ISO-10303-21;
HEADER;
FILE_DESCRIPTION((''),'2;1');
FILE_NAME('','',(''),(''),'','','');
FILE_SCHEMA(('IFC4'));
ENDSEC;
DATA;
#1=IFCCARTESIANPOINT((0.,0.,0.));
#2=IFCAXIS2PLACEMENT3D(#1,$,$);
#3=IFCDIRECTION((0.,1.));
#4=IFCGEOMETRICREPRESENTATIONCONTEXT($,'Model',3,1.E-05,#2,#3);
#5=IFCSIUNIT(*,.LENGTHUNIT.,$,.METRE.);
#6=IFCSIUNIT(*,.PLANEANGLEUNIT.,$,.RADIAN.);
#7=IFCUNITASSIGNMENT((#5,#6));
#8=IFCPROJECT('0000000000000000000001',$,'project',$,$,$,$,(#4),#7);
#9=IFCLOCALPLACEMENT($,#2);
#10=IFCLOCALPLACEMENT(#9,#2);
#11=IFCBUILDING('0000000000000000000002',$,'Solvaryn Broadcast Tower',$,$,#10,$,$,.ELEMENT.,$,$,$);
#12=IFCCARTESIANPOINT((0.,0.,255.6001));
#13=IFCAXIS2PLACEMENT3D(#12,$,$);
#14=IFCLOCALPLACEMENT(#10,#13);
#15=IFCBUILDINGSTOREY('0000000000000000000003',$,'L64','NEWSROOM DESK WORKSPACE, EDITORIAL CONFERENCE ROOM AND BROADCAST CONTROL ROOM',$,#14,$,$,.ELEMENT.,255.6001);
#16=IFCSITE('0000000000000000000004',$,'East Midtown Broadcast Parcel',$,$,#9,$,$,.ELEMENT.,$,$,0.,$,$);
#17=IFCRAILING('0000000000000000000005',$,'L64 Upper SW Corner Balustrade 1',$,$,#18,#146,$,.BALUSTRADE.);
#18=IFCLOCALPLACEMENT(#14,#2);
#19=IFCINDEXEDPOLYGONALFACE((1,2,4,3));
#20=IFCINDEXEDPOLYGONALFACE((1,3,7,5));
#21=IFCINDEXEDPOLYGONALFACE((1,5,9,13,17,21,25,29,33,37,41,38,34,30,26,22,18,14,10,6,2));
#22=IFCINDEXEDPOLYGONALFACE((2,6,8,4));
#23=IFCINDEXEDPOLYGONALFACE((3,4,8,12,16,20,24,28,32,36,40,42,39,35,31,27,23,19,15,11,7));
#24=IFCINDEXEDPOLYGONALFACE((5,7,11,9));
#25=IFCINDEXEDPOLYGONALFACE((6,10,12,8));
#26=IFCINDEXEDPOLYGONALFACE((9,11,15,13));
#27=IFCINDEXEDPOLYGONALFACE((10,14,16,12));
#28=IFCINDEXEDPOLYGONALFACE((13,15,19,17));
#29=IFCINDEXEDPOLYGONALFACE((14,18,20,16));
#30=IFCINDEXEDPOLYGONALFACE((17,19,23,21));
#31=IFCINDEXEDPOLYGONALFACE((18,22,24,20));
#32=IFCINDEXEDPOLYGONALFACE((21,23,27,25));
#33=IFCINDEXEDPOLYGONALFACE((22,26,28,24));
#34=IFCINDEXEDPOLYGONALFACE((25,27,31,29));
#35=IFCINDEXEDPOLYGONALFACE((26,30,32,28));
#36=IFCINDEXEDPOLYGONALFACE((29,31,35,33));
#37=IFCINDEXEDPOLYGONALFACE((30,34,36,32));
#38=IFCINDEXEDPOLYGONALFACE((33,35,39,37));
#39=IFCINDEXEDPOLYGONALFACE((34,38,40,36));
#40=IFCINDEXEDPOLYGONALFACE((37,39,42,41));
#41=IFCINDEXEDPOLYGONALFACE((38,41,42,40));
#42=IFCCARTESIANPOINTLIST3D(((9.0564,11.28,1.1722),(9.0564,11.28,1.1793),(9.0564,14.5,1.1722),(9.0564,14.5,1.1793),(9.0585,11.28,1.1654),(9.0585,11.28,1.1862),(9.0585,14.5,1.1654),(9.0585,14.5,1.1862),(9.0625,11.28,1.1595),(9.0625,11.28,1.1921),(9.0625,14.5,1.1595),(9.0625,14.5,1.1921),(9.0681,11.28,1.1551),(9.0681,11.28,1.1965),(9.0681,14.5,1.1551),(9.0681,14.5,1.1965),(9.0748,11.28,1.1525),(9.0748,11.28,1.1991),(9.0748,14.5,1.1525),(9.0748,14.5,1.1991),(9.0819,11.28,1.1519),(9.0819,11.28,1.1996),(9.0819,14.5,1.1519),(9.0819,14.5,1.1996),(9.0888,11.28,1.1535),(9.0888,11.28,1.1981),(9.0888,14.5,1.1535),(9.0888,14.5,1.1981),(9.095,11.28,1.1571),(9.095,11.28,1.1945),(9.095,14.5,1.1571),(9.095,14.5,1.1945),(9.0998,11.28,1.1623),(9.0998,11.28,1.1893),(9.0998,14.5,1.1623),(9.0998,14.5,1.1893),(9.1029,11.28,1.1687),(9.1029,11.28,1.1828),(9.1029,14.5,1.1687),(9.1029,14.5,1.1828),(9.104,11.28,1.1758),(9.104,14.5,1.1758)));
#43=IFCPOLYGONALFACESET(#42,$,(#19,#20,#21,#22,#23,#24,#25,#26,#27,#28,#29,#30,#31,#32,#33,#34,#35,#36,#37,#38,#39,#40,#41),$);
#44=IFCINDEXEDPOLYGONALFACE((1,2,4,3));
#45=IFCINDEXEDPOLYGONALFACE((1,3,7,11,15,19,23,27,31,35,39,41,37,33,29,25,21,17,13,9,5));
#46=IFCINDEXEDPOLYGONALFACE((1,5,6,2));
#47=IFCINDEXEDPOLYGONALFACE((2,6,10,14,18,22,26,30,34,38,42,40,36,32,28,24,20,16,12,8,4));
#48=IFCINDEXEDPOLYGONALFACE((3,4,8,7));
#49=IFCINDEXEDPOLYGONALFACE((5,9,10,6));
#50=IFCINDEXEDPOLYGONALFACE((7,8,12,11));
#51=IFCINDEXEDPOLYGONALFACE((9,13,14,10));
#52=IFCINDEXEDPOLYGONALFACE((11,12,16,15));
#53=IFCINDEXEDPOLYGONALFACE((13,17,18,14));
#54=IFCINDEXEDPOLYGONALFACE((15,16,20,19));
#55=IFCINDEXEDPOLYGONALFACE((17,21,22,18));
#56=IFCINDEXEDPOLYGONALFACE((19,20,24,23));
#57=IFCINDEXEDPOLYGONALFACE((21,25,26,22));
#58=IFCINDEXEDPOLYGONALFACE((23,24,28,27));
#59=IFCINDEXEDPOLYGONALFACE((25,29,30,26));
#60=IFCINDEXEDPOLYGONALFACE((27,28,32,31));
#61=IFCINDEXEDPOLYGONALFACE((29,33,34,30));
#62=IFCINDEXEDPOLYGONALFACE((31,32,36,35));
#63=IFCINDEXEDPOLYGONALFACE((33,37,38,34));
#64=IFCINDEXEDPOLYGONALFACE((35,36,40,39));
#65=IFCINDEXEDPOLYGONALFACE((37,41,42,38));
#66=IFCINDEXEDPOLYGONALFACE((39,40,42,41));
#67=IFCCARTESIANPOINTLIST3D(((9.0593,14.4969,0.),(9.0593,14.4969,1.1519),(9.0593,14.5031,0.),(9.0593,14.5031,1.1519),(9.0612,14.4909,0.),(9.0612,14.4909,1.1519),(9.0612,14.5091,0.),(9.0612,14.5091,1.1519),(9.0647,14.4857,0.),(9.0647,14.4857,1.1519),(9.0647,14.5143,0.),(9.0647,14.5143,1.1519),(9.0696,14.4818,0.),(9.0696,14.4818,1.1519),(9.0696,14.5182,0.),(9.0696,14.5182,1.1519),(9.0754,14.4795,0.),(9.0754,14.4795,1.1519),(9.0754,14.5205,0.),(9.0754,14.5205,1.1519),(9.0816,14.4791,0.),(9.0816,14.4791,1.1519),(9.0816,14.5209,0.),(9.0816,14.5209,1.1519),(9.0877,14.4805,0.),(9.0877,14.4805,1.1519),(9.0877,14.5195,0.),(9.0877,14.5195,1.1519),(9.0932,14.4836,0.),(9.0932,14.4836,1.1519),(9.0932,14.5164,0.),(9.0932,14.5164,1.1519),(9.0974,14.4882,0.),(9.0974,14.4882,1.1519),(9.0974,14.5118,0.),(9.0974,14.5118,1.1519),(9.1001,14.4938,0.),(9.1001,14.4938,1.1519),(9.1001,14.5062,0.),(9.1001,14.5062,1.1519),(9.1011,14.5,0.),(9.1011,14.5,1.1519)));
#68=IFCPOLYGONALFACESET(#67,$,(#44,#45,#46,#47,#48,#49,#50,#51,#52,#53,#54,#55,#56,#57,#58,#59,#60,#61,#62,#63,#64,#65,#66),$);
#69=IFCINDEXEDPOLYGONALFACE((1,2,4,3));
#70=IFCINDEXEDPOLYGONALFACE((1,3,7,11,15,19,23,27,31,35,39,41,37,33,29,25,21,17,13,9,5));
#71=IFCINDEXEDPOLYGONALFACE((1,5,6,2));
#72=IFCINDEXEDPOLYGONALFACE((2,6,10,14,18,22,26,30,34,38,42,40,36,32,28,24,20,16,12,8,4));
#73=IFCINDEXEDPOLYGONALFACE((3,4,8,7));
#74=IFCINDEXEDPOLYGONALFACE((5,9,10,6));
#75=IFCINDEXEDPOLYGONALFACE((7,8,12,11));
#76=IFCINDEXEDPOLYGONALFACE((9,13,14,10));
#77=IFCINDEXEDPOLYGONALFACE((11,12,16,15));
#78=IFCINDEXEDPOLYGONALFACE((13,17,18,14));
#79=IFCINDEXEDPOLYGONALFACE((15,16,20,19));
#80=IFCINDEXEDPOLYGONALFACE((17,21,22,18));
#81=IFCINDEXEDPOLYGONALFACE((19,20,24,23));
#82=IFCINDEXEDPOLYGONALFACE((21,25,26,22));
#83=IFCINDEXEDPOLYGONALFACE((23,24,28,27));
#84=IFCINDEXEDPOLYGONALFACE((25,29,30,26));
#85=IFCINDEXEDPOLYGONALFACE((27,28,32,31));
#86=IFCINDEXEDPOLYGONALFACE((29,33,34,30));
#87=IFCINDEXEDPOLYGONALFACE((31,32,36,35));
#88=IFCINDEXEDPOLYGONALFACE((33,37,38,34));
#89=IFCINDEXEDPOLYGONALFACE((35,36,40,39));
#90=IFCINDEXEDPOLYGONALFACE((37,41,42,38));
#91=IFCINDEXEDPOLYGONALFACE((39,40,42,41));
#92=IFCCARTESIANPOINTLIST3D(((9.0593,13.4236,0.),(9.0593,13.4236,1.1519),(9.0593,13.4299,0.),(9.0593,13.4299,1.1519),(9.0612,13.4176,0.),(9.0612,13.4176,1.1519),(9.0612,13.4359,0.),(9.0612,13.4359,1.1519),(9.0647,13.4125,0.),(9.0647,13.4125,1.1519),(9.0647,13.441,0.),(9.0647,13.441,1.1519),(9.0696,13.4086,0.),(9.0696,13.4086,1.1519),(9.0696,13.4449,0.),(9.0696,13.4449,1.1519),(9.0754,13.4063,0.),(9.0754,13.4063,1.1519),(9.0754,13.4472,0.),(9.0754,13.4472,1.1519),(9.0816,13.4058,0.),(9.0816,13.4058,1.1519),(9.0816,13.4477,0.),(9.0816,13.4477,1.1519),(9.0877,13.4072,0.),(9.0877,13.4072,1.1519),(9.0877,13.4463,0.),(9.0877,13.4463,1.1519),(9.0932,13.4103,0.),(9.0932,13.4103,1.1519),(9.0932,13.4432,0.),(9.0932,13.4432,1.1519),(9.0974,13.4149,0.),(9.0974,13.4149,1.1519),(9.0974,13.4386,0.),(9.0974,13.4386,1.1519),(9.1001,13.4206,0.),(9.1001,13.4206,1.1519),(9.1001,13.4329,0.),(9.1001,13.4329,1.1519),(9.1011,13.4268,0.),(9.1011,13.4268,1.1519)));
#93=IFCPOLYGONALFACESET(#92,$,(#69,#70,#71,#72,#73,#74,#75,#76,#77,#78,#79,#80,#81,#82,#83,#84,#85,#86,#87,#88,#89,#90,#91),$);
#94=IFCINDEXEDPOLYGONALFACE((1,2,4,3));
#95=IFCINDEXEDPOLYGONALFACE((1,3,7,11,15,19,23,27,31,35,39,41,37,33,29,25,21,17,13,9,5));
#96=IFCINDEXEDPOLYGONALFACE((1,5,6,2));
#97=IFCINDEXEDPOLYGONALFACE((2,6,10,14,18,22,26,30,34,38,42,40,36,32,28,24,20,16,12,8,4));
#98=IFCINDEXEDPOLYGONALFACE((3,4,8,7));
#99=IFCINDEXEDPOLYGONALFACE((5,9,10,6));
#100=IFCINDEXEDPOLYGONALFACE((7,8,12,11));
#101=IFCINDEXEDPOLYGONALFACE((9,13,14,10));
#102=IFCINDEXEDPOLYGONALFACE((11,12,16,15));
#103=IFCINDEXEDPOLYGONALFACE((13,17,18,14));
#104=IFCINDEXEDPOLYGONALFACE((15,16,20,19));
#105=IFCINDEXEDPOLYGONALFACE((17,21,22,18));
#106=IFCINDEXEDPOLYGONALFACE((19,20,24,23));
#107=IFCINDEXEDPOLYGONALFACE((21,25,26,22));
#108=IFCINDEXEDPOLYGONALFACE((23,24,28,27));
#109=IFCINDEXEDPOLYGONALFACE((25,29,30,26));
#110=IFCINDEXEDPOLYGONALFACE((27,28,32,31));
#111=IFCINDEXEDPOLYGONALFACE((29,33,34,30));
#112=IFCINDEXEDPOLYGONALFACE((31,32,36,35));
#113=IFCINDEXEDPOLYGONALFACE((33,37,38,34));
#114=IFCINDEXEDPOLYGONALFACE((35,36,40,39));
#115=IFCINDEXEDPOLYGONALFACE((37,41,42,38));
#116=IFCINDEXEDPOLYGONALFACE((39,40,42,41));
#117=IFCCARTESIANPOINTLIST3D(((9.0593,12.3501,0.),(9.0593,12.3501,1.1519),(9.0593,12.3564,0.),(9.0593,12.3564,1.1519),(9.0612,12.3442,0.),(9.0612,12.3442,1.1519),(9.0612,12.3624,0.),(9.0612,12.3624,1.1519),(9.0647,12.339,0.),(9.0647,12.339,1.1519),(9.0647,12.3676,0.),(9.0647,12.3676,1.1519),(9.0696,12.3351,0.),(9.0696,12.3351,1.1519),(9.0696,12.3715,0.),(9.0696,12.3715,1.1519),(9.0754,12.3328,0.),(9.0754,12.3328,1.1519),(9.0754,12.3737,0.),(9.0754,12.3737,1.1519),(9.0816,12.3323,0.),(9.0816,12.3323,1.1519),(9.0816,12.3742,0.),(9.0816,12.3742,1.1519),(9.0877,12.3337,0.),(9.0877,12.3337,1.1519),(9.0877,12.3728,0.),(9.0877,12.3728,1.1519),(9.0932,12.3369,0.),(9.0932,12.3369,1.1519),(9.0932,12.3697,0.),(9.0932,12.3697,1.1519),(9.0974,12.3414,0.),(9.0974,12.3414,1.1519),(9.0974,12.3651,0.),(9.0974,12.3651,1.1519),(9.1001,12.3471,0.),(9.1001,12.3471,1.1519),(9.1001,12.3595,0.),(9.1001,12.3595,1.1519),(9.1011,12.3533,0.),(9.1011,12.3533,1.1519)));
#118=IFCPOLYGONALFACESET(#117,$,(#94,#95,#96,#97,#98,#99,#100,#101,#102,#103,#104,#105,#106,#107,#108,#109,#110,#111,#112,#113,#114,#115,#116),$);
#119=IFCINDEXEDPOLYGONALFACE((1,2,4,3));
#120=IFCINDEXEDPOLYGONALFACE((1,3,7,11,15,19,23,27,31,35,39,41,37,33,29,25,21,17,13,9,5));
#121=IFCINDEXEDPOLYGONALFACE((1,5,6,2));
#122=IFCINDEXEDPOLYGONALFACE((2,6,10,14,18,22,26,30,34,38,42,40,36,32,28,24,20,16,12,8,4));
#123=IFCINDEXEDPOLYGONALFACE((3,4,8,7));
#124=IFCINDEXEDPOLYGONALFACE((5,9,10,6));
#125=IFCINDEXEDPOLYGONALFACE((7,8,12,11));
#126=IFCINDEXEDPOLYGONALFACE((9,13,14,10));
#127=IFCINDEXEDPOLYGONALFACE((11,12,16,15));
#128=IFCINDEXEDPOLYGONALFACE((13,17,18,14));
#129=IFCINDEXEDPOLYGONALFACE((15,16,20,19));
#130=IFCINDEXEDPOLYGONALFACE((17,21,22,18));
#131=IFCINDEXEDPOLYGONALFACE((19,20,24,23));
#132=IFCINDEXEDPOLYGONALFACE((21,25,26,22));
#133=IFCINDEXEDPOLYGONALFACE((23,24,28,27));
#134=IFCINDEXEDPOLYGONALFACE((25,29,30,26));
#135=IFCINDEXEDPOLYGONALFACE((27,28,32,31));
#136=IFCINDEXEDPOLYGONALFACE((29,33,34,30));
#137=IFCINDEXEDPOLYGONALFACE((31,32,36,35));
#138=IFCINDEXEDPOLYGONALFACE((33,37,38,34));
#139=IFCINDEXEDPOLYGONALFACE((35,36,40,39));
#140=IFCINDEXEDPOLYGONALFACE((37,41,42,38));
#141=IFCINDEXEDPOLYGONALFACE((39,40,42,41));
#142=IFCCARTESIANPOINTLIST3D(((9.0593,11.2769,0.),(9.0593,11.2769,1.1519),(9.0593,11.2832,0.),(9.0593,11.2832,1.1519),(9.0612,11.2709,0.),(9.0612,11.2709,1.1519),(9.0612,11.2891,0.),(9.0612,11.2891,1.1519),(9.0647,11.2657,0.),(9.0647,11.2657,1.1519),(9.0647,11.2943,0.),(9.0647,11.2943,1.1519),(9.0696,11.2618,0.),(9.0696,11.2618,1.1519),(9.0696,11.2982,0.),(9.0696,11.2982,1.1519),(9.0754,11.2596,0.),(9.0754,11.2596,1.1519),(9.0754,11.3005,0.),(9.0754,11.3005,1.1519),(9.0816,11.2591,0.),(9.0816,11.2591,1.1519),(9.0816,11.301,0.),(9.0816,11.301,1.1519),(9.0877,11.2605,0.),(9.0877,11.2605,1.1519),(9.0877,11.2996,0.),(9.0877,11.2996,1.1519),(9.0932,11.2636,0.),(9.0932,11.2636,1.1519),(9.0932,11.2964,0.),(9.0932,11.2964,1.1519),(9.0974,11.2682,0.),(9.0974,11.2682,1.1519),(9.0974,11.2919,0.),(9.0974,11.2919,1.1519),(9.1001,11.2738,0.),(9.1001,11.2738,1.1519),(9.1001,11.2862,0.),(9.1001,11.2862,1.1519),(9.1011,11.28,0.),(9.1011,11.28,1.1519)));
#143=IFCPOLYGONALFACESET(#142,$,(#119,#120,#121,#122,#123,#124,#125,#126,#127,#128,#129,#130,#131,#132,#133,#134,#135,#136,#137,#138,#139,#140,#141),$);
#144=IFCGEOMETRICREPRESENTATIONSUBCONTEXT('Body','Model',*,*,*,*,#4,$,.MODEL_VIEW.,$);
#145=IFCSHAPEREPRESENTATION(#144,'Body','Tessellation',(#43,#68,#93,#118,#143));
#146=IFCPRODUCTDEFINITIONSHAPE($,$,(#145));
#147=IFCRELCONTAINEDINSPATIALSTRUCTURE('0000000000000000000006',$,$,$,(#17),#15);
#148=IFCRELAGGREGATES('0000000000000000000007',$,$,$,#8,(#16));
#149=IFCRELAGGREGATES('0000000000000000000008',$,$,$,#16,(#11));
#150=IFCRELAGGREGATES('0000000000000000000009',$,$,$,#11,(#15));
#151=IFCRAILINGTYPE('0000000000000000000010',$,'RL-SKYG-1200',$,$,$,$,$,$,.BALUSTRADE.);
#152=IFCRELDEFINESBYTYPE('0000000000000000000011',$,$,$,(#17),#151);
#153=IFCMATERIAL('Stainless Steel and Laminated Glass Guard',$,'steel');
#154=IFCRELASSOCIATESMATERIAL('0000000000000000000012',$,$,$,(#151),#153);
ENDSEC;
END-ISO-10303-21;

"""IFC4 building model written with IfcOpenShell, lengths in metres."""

from ifc_helpers import new_model, si_unit, direction, frame, origin, origin_2d, place, context, subcontext, project, spatial, circle, extrude, material, type_object, element, save


model = new_model("IFC4")

# Units and contexts
model_context = context("Model", 3, precision=1e-05, world=origin(), true_north=direction((0.0, 1.0)))
body_context = subcontext(model_context, "Body", "Model", "MODEL_VIEW")
ifc_project = project(units=[si_unit("LENGTHUNIT", "METRE"), si_unit("PLANEANGLEUNIT", "RADIAN")], contexts=[model_context])

# Site, building, storey
site_placement = place(None, origin())
site = spatial("IfcSite", under=ifc_project, at=site_placement, Name="East Midtown Broadcast Parcel", CompositionType="ELEMENT", RefElevation=0.0)
building_placement = place(site_placement, origin())
building = spatial("IfcBuilding", under=site, at=building_placement, Name="Solvaryn Broadcast Tower", CompositionType="ELEMENT")
storey_placement = place(building_placement, frame((0.0, 0.0, 255.6001)))
storey = spatial("IfcBuildingStorey", under=building, at=storey_placement, Name="L64", Description="NEWSROOM DESK WORKSPACE, EDITORIAL CONFERENCE ROOM AND BROADCAST CONTROL ROOM", CompositionType="ELEMENT", Elevation=255.6001)

# Railing
ifc_material_1 = material(Name="Stainless Steel and Laminated Glass Guard", Category="steel")
railing_type = type_object("IfcRailingType", Name="RL-SKYG-1200", PredefinedType="BALUSTRADE", material=ifc_material_1)
railing_1_placement = place(storey_placement, frame((9.0801, 14.5, 0.0)))
element("IfcRailing", 1, at=railing_1_placement, inside=storey, type_object=railing_type, Name="L64 Upper SW Corner Balustrade 1", PredefinedType="BALUSTRADE", context=body_context, shape_type="SweptSolid", body=[
    extrude(circle(Radius=0.0239, at=origin_2d()), frame((0.0, 0.0, 1.1758), z_axis=(0.0, -1.0, 0.0), x_axis=(1.0, 0.0, 0.0)), (0.0, 0.0, 1.0), 3.22),
    extrude(circle(Radius=0.021, at=origin_2d()), origin(), (0.0, 0.0, 1.0), 1.1519),
    extrude(circle(Radius=0.021, at=origin_2d()), frame((0.0, -1.0732, 0.0)), (0.0, 0.0, 1.0), 1.1519),
    extrude(circle(Radius=0.021, at=origin_2d()), frame((0.0, -2.1467, 0.0)), (0.0, 0.0, 1.0), 1.1519),
    extrude(circle(Radius=0.021, at=origin_2d()), frame((0.0, -3.22, 0.0)), (0.0, 0.0, 1.0), 1.1519),
])

save(model, "model.ifc")
